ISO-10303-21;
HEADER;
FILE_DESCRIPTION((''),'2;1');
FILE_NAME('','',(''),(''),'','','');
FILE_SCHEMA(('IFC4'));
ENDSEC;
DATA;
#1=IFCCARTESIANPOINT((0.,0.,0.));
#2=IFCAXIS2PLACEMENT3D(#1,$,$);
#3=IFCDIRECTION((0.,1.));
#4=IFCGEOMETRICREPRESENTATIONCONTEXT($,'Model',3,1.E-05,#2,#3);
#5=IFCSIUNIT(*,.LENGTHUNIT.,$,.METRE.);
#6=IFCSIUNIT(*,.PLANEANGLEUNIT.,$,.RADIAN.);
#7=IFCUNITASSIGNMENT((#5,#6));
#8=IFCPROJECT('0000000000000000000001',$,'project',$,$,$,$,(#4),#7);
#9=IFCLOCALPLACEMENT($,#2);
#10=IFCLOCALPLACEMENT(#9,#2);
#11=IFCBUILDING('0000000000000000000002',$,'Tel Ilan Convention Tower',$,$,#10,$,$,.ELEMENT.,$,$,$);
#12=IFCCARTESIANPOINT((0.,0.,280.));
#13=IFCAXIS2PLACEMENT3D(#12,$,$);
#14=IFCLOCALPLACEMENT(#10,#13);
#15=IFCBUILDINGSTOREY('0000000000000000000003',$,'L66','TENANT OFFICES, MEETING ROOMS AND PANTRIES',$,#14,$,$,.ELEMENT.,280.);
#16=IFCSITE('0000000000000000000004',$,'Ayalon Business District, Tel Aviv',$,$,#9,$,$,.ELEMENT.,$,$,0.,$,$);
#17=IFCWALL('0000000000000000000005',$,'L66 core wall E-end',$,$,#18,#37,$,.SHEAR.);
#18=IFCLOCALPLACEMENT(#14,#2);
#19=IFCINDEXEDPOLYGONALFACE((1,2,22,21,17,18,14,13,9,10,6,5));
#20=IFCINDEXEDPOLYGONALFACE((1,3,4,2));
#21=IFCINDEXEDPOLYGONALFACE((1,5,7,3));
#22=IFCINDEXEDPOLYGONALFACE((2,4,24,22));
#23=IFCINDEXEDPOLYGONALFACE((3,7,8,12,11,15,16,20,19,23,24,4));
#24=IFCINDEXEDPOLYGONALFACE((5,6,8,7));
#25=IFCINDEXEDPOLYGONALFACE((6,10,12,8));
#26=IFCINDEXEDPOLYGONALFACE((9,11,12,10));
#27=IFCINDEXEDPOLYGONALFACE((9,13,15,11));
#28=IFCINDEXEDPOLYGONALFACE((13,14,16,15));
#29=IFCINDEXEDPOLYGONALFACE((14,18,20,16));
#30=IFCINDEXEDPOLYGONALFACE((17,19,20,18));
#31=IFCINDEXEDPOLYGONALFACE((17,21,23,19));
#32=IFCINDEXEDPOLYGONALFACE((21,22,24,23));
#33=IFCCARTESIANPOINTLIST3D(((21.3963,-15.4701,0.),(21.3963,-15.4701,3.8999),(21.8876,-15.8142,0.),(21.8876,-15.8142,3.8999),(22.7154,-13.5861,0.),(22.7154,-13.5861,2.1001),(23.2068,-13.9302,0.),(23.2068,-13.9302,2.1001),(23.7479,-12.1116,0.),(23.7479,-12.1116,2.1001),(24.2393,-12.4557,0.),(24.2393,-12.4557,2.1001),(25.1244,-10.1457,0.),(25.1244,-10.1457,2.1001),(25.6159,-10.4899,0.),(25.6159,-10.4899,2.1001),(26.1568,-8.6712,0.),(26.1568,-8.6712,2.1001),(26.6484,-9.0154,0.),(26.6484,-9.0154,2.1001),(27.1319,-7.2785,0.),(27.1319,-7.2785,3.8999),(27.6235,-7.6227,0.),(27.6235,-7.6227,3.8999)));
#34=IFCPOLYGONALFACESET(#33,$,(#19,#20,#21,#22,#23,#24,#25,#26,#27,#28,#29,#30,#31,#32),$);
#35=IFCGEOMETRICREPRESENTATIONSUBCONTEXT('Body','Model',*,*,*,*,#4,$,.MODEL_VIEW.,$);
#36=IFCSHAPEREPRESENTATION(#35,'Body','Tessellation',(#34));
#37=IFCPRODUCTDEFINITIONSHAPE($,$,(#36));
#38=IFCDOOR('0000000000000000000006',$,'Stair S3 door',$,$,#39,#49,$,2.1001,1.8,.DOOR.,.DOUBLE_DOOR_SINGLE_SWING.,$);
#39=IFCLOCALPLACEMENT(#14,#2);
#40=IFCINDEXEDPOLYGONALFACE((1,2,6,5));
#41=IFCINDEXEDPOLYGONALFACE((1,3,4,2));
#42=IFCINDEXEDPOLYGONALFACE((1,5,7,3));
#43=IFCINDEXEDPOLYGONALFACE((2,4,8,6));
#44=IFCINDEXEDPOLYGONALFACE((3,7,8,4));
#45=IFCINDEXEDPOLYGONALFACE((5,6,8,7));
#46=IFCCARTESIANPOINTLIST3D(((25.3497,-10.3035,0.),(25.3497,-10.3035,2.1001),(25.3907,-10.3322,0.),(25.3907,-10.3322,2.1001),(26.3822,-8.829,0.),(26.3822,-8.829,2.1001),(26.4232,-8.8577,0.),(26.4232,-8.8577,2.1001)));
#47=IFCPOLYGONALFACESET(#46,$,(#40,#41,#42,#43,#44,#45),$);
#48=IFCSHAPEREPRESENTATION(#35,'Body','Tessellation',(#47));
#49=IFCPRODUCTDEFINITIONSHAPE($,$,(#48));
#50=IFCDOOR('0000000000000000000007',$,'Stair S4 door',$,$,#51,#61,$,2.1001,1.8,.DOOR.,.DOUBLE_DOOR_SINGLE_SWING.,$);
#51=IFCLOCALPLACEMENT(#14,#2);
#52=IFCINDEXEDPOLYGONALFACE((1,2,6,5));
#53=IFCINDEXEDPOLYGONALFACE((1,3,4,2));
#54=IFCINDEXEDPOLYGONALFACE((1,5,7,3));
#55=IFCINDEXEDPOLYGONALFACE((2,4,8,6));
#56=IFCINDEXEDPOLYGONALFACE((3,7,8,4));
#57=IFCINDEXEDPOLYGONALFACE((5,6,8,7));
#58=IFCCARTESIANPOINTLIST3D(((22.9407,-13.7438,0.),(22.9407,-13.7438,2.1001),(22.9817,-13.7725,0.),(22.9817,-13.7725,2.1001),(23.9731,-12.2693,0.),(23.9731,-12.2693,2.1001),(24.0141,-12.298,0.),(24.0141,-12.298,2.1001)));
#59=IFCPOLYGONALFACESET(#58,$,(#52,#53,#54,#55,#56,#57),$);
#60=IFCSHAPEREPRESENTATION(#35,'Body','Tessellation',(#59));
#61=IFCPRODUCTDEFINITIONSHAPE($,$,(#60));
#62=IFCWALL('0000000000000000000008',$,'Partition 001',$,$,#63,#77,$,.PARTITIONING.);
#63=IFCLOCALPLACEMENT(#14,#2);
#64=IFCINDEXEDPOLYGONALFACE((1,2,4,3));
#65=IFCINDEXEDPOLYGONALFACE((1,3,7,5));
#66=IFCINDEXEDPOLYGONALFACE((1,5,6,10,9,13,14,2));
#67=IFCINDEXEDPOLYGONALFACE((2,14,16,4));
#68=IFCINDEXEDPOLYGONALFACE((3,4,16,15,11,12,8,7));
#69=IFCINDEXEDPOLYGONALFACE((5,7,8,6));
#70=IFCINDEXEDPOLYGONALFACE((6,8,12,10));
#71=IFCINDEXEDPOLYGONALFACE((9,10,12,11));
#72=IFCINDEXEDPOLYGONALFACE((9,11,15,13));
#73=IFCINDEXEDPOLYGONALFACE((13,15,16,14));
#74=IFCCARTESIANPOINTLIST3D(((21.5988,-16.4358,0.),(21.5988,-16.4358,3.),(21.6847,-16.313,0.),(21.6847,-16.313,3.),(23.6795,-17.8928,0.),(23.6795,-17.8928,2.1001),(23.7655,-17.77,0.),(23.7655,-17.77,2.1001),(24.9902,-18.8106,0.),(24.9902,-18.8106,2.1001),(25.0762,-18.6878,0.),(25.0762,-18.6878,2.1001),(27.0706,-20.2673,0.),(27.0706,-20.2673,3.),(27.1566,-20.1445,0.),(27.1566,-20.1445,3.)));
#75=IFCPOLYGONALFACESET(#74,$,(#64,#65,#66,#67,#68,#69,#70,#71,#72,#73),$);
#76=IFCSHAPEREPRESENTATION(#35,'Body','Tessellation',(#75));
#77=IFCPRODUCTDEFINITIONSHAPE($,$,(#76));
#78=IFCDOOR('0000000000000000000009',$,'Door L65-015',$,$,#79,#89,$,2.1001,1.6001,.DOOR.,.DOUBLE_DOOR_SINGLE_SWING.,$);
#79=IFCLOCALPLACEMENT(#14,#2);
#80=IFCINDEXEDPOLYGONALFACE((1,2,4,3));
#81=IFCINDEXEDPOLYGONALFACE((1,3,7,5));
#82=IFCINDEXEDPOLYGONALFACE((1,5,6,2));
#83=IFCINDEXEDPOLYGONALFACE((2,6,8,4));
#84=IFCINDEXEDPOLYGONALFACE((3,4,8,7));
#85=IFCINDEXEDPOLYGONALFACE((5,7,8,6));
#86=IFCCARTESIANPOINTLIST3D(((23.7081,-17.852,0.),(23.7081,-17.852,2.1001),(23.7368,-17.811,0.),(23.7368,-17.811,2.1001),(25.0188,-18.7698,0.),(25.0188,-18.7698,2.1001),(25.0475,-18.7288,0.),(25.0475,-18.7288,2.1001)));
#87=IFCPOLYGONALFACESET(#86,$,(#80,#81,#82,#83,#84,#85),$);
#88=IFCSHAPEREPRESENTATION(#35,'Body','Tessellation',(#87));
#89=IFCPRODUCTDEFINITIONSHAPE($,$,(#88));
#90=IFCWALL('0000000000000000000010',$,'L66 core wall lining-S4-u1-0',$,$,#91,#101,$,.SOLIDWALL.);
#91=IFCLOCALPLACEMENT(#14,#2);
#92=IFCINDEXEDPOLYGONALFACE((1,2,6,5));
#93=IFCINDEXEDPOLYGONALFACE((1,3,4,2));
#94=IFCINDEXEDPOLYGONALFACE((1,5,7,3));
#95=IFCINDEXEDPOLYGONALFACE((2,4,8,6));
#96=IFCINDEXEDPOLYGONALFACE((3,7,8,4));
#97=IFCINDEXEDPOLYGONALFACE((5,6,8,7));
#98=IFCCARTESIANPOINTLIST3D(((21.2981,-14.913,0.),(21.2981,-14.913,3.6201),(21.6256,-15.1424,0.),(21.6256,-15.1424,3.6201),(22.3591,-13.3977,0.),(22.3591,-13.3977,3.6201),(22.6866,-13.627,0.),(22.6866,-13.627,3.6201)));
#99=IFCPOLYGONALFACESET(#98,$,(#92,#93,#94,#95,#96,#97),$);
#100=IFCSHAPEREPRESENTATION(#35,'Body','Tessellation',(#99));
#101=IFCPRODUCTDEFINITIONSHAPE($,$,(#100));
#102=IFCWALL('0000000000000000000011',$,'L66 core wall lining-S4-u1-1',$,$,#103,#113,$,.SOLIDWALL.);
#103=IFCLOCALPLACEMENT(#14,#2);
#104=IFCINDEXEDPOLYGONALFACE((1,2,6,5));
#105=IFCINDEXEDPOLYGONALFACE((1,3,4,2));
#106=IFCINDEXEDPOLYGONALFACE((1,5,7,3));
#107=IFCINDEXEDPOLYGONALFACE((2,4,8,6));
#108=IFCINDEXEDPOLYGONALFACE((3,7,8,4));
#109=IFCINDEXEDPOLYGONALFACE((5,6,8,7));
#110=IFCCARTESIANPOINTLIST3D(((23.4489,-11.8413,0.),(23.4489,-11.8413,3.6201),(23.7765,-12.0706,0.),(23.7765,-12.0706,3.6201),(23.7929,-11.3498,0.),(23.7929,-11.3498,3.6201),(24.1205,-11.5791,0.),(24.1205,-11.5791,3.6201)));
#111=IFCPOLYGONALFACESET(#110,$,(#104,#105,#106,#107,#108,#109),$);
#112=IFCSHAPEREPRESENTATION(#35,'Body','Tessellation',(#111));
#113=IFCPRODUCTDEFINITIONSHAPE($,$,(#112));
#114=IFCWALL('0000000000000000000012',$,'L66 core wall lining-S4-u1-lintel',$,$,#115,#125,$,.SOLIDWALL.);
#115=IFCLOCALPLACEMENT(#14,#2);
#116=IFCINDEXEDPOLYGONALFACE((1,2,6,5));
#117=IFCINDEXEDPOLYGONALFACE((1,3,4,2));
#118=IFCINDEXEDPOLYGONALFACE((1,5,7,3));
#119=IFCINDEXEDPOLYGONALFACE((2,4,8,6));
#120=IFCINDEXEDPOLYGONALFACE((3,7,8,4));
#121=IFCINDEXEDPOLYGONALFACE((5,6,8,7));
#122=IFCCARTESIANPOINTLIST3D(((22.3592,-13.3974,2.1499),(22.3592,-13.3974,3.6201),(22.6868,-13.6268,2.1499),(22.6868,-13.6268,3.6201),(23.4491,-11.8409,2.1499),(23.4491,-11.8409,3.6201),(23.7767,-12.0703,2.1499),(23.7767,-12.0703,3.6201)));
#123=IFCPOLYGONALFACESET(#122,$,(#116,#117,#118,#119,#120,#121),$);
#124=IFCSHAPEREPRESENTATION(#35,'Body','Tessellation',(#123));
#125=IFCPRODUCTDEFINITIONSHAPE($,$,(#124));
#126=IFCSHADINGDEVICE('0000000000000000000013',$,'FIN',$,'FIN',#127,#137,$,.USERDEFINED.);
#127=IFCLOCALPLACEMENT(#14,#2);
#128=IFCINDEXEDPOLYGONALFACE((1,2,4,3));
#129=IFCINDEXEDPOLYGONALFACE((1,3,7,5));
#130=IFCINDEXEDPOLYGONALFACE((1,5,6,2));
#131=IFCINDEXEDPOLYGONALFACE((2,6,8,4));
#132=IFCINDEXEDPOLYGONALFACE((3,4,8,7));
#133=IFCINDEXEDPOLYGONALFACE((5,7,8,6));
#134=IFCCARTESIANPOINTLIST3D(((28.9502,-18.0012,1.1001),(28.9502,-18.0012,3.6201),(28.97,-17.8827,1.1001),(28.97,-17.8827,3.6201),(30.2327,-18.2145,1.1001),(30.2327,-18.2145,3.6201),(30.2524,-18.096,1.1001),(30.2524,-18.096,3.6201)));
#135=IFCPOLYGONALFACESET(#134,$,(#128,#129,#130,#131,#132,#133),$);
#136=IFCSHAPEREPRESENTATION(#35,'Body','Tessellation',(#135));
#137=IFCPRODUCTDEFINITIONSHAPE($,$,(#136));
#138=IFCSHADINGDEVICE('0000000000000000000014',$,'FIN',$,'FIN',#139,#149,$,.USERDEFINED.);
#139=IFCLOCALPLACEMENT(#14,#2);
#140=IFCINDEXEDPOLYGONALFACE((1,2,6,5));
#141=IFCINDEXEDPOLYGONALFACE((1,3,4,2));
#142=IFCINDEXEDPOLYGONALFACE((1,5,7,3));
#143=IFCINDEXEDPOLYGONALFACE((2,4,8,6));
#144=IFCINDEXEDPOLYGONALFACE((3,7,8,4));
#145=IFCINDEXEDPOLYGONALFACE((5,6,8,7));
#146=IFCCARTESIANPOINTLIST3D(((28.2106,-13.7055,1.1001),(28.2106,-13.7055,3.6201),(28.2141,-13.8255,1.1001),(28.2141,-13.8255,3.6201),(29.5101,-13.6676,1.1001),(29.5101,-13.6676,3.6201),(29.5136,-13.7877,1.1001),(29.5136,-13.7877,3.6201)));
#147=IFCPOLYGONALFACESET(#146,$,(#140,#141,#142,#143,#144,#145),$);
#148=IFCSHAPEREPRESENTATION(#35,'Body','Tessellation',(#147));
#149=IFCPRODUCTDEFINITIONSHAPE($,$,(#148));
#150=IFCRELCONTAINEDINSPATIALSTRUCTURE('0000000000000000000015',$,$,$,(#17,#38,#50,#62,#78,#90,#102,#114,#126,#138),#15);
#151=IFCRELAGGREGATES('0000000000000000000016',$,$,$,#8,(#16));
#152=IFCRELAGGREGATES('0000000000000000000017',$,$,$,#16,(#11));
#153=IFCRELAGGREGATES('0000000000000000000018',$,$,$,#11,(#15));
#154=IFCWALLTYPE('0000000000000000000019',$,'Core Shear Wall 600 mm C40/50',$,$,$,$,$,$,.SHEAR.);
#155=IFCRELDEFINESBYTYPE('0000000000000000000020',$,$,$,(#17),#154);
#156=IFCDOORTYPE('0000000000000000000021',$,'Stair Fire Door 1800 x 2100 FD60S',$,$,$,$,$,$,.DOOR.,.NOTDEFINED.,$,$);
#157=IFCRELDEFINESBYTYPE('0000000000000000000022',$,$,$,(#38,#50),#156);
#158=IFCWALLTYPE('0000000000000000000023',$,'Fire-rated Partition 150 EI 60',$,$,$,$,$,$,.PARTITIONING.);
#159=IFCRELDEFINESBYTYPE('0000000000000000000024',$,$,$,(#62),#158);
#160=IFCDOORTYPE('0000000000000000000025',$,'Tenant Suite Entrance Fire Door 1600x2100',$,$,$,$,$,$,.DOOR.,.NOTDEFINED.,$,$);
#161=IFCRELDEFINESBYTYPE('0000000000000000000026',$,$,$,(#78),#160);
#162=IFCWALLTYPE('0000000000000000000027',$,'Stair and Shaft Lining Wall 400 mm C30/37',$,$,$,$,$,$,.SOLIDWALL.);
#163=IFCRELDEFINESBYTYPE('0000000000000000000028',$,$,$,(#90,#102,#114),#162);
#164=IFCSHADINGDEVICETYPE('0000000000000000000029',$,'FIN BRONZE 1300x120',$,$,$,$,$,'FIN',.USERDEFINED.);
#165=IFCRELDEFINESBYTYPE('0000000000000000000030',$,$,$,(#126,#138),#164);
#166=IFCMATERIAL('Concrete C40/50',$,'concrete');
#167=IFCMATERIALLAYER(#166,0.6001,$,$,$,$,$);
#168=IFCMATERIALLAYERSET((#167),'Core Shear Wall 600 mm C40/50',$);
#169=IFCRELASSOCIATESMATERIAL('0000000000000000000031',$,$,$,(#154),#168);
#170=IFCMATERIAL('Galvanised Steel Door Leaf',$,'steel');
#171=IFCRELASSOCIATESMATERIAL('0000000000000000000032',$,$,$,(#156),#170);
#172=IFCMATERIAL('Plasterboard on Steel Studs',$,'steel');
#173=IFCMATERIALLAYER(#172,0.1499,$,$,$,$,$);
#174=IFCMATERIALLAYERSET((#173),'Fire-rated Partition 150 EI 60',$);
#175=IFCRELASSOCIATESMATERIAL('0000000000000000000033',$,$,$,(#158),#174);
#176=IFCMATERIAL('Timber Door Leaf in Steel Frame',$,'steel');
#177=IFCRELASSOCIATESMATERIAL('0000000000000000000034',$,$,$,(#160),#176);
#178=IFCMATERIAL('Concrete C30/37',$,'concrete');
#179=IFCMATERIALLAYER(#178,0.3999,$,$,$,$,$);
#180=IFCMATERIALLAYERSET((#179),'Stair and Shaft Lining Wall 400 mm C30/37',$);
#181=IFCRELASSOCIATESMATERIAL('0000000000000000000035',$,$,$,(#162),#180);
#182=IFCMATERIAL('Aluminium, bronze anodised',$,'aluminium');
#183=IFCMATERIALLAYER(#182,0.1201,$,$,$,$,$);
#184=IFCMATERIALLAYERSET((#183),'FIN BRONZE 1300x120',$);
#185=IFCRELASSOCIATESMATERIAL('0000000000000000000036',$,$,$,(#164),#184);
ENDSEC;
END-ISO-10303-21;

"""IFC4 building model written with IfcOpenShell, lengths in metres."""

from ifc_helpers import new_model, si_unit, direction, frame, frame_2d, origin, origin_2d, place, context, subcontext, project, spatial, polyline, rectangle, outline, extrude, material, layer, layer_set, type_object, element, fill, save


model = new_model("IFC4")

# Units and contexts
model_context = context("Model", 3, precision=1e-05, world=origin(), true_north=direction((0.0, 1.0)))
body_context = subcontext(model_context, "Body", "Model", "MODEL_VIEW")
ifc_project = project(units=[si_unit("LENGTHUNIT", "METRE"), si_unit("PLANEANGLEUNIT", "RADIAN")], contexts=[model_context])

# Site, building, storey
site_placement = place(None, origin())
site = spatial("IfcSite", under=ifc_project, at=site_placement, Name="Ayalon Business District, Tel Aviv", CompositionType="ELEMENT", RefElevation=0.0)
building_placement = place(site_placement, origin())
building = spatial("IfcBuilding", under=site, at=building_placement, Name="Tel Ilan Convention Tower", CompositionType="ELEMENT")
storey_placement = place(building_placement, frame((0.0, 0.0, 280.0)))
storey = spatial("IfcBuildingStorey", under=building, at=storey_placement, Name="L66", Description="TENANT OFFICES, MEETING ROOMS AND PANTRIES", CompositionType="ELEMENT", Elevation=280.0)

# Wall, openings, doors
ifc_material_1 = material(Name="Concrete C40/50", Category="concrete")
ifc_layer_1 = layer(ifc_material_1, 0.6001)
ifc_layer_set_1 = layer_set([ifc_layer_1], Name="Core Shear Wall 600 mm C40/50")
wall_type_1 = type_object("IfcWallType", Name="Core Shear Wall 600 mm C40/50", PredefinedType="SHEAR", material=ifc_layer_set_1)
wall_1_placement = place(storey_placement, frame((21.6418, -15.6421, 0.0), z_axis=(0.0, 0.0, 1.0), x_axis=(0.573587, 0.819145, 0.0)))
wall_1 = element("IfcWall", 1, at=wall_1_placement, inside=storey, type_object=wall_type_1, Name="L66 core wall E-end", PredefinedType="SHEAR", context=body_context, shape_type="SweptSolid", body=[
    extrude(outline(polyline([(10.0, 0.3), (0.0, 0.2998), (0.0, -0.3), (10.0, -0.3), (10.0, 0.3)])), origin(), (0.0, 0.0, 1.0), 3.8999),
])
opening_1_placement = place(wall_1_placement, frame((6.5, 0.0, 0.0)))
opening_1 = element("IfcOpeningElement", 2, at=opening_1_placement, cuts=wall_1, PredefinedType="OPENING", context=body_context, shape_type="SweptSolid", body=[
    extrude(rectangle(XDim=1.8, YDim=2.1001, at=frame_2d((0.8999, 1.05))), frame((0.0, 0.3101, 0.0), z_axis=(0.0, -1.0, 0.0), x_axis=(1.0, 0.0, 0.0)), (0.0, 0.0, 1.0), 0.6201),
])
opening_2_placement = place(wall_1_placement, frame((2.3, 0.0, 0.0)))
opening_2 = element("IfcOpeningElement", 3, at=opening_2_placement, cuts=wall_1, PredefinedType="OPENING", context=body_context, shape_type="SweptSolid", body=[
    extrude(rectangle(XDim=1.8, YDim=2.1001, at=frame_2d((0.8999, 1.05))), frame((0.0, 0.3101, 0.0), z_axis=(0.0, -1.0, 0.0), x_axis=(1.0, 0.0, 0.0)), (0.0, 0.0, 1.0), 0.6201),
])
ifc_material_2 = material(Name="Galvanised Steel Door Leaf", Category="steel")
door_type_1 = type_object("IfcDoorType", Name="Stair Fire Door 1800 x 2100 FD60S", OperationType="NOTDEFINED", PredefinedType="DOOR", material=ifc_material_2)
door_1_placement = place(opening_1_placement, origin())
door_1 = element("IfcDoor", 4, at=door_1_placement, inside=storey, type_object=door_type_1, Name="Stair S3 door", OperationType="DOUBLE_DOOR_SINGLE_SWING", OverallHeight=2.1001, OverallWidth=1.8, PredefinedType="DOOR", context=body_context, shape_type="SweptSolid", body=[
    extrude(rectangle(XDim=1.8, YDim=2.1001, at=frame_2d((0.8999, 1.05))), frame((0.0, 0.0249, 0.0), z_axis=(0.0, -1.0, 0.0), x_axis=(1.0, 0.0, 0.0)), (0.0, 0.0, 1.0), 0.05),
])
fill(opening_1, door_1)
door_2_placement = place(opening_2_placement, origin())
door_2 = element("IfcDoor", 5, at=door_2_placement, inside=storey, type_object=door_type_1, Name="Stair S4 door", OperationType="DOUBLE_DOOR_SINGLE_SWING", OverallHeight=2.1001, OverallWidth=1.8, PredefinedType="DOOR", context=body_context, shape_type="SweptSolid", body=[
    extrude(rectangle(XDim=1.8, YDim=2.1001, at=frame_2d((0.8999, 1.05))), frame((0.0, 0.0249, 0.0), z_axis=(0.0, -1.0, 0.0), x_axis=(1.0, 0.0, 0.0)), (0.0, 0.0, 1.0), 0.05),
])
fill(opening_2, door_2)

# Wall, opening, door
ifc_material_3 = material(Name="Plasterboard on Steel Studs", Category="steel")
ifc_layer_2 = layer(ifc_material_3, 0.1499)
ifc_layer_set_2 = layer_set([ifc_layer_2], Name="Fire-rated Partition 150 EI 60")
wall_type_2 = type_object("IfcWallType", Name="Fire-rated Partition 150 EI 60", PredefinedType="PARTITIONING", material=ifc_layer_set_2)
wall_2_placement = place(storey_placement, frame((21.6418, -16.3745, 0.0), z_axis=(0.0, 0.0, 1.0), x_axis=(0.819148, -0.573583, 0.0)))
wall_2 = element("IfcWall", 6, at=wall_2_placement, inside=storey, type_object=wall_type_2, Name="Partition 001", PredefinedType="PARTITIONING", context=body_context, shape_type="SweptSolid", body=[
    extrude(rectangle(XDim=6.6799, YDim=0.1499, at=frame_2d((3.3398, 0.0))), origin(), (0.0, 0.0, 1.0), 3.0),
])
opening_3_placement = place(wall_2_placement, frame((2.54, 0.0, 0.0)))
opening_3 = element("IfcOpeningElement", 7, at=opening_3_placement, cuts=wall_2, PredefinedType="OPENING", context=body_context, shape_type="SweptSolid", body=[
    extrude(rectangle(XDim=1.6001, YDim=2.1001, at=frame_2d((0.8, 1.05))), frame((0.0, 0.085, 0.0), z_axis=(0.0, -1.0, 0.0), x_axis=(1.0, 0.0, 0.0)), (0.0, 0.0, 1.0), 0.1699),
])
ifc_material_4 = material(Name="Timber Door Leaf in Steel Frame", Category="steel")
door_type_2 = type_object("IfcDoorType", Name="Tenant Suite Entrance Fire Door 1600x2100", OperationType="NOTDEFINED", PredefinedType="DOOR", material=ifc_material_4)
door_3_placement = place(opening_3_placement, origin())
door_3 = element("IfcDoor", 8, at=door_3_placement, inside=storey, type_object=door_type_2, Name="Door L65-015", OperationType="DOUBLE_DOOR_SINGLE_SWING", OverallHeight=2.1001, OverallWidth=1.6001, PredefinedType="DOOR", context=body_context, shape_type="SweptSolid", body=[
    extrude(rectangle(XDim=1.6001, YDim=2.1001, at=frame_2d((0.8, 1.05))), frame((0.0, 0.0249, 0.0), z_axis=(0.0, -1.0, 0.0), x_axis=(1.0, 0.0, 0.0)), (0.0, 0.0, 1.0), 0.05),
])
fill(opening_3, door_3)

# Walls
ifc_material_5 = material(Name="Concrete C30/37", Category="concrete")
ifc_layer_3 = layer(ifc_material_5, 0.3999)
ifc_layer_set_3 = layer_set([ifc_layer_3], Name="Stair and Shaft Lining Wall 400 mm C30/37")
wall_type_3 = type_object("IfcWallType", Name="Stair and Shaft Lining Wall 400 mm C30/37", PredefinedType="SOLIDWALL", material=ifc_layer_set_3)
wall_3_placement = place(storey_placement, frame((21.4619, -15.0276, 0.0), z_axis=(0.0, 0.0, 1.0), x_axis=(0.57356, 0.819164, 0.0)))
element("IfcWall", 9, at=wall_3_placement, inside=storey, type_object=wall_type_3, Name="L66 core wall lining-S4-u1-0", PredefinedType="SOLIDWALL", context=body_context, shape_type="SweptSolid", body=[
    extrude(rectangle(XDim=1.8499, YDim=0.3999, at=frame_2d((0.9248, 0.0))), origin(), (0.0, 0.0, 1.0), 3.6201),
])
wall_4_placement = place(storey_placement, frame((23.6128, -11.9558, 0.0), z_axis=(0.0, 0.0, 1.0), x_axis=(0.573435, 0.819251, 0.0)))
element("IfcWall", 10, at=wall_4_placement, inside=storey, type_object=wall_type_3, Name="L66 core wall lining-S4-u1-1", PredefinedType="SOLIDWALL", context=body_context, shape_type="SweptSolid", body=[
    extrude(rectangle(XDim=0.5999, YDim=0.3999, at=frame_2d((0.2998, 0.0))), origin(), (0.0, 0.0, 1.0), 3.6201),
])
wall_5_placement = place(storey_placement, frame((22.5229, -13.5122, 2.1499), z_axis=(0.0, 0.0, 1.0), x_axis=(0.573592, 0.819141, 0.0)))
element("IfcWall", 11, at=wall_5_placement, inside=storey, type_object=wall_type_3, Name="L66 core wall lining-S4-u1-lintel", PredefinedType="SOLIDWALL", context=body_context, shape_type="SweptSolid", body=[
    extrude(rectangle(XDim=1.9001, YDim=0.3999, at=frame_2d((0.9502, 0.0))), origin(), (0.0, 0.0, 1.0), 1.4702),
])

# Shading devices
ifc_material_6 = material(Name="Aluminium, bronze anodised", Category="aluminium")
ifc_layer_4 = layer(ifc_material_6, 0.1201)
ifc_layer_set_4 = layer_set([ifc_layer_4], Name="FIN BRONZE 1300x120")
shading_device_type = type_object("IfcShadingDeviceType", Name="FIN BRONZE 1300x120", ElementType="FIN", PredefinedType="USERDEFINED", material=ifc_layer_set_4)
for number, where, z_axis, x_axis, name in (
    (12, (29.6013, -18.0486, 1.1001), (0.0, 0.0, 1.0), (0.986445, -0.164091, 0.0), "FIN"),
    (13, (28.8621, -13.7466, 1.1001), (0.0, 0.0, 1.0), (0.999577, 0.029085, 0.0), "FIN"),
):
    element("IfcShadingDevice", number, at=place(storey_placement, frame(where, z_axis=z_axis, x_axis=x_axis)), inside=storey, type_object=shading_device_type, Name=name, ObjectType="FIN", PredefinedType="USERDEFINED", context=body_context, shape_type="SweptSolid", body=[
        extrude(rectangle(XDim=1.3, YDim=0.1201, at=origin_2d()), origin(), (0.0, 0.0, 1.0), 2.52),
    ])

save(model, "model.ifc")
